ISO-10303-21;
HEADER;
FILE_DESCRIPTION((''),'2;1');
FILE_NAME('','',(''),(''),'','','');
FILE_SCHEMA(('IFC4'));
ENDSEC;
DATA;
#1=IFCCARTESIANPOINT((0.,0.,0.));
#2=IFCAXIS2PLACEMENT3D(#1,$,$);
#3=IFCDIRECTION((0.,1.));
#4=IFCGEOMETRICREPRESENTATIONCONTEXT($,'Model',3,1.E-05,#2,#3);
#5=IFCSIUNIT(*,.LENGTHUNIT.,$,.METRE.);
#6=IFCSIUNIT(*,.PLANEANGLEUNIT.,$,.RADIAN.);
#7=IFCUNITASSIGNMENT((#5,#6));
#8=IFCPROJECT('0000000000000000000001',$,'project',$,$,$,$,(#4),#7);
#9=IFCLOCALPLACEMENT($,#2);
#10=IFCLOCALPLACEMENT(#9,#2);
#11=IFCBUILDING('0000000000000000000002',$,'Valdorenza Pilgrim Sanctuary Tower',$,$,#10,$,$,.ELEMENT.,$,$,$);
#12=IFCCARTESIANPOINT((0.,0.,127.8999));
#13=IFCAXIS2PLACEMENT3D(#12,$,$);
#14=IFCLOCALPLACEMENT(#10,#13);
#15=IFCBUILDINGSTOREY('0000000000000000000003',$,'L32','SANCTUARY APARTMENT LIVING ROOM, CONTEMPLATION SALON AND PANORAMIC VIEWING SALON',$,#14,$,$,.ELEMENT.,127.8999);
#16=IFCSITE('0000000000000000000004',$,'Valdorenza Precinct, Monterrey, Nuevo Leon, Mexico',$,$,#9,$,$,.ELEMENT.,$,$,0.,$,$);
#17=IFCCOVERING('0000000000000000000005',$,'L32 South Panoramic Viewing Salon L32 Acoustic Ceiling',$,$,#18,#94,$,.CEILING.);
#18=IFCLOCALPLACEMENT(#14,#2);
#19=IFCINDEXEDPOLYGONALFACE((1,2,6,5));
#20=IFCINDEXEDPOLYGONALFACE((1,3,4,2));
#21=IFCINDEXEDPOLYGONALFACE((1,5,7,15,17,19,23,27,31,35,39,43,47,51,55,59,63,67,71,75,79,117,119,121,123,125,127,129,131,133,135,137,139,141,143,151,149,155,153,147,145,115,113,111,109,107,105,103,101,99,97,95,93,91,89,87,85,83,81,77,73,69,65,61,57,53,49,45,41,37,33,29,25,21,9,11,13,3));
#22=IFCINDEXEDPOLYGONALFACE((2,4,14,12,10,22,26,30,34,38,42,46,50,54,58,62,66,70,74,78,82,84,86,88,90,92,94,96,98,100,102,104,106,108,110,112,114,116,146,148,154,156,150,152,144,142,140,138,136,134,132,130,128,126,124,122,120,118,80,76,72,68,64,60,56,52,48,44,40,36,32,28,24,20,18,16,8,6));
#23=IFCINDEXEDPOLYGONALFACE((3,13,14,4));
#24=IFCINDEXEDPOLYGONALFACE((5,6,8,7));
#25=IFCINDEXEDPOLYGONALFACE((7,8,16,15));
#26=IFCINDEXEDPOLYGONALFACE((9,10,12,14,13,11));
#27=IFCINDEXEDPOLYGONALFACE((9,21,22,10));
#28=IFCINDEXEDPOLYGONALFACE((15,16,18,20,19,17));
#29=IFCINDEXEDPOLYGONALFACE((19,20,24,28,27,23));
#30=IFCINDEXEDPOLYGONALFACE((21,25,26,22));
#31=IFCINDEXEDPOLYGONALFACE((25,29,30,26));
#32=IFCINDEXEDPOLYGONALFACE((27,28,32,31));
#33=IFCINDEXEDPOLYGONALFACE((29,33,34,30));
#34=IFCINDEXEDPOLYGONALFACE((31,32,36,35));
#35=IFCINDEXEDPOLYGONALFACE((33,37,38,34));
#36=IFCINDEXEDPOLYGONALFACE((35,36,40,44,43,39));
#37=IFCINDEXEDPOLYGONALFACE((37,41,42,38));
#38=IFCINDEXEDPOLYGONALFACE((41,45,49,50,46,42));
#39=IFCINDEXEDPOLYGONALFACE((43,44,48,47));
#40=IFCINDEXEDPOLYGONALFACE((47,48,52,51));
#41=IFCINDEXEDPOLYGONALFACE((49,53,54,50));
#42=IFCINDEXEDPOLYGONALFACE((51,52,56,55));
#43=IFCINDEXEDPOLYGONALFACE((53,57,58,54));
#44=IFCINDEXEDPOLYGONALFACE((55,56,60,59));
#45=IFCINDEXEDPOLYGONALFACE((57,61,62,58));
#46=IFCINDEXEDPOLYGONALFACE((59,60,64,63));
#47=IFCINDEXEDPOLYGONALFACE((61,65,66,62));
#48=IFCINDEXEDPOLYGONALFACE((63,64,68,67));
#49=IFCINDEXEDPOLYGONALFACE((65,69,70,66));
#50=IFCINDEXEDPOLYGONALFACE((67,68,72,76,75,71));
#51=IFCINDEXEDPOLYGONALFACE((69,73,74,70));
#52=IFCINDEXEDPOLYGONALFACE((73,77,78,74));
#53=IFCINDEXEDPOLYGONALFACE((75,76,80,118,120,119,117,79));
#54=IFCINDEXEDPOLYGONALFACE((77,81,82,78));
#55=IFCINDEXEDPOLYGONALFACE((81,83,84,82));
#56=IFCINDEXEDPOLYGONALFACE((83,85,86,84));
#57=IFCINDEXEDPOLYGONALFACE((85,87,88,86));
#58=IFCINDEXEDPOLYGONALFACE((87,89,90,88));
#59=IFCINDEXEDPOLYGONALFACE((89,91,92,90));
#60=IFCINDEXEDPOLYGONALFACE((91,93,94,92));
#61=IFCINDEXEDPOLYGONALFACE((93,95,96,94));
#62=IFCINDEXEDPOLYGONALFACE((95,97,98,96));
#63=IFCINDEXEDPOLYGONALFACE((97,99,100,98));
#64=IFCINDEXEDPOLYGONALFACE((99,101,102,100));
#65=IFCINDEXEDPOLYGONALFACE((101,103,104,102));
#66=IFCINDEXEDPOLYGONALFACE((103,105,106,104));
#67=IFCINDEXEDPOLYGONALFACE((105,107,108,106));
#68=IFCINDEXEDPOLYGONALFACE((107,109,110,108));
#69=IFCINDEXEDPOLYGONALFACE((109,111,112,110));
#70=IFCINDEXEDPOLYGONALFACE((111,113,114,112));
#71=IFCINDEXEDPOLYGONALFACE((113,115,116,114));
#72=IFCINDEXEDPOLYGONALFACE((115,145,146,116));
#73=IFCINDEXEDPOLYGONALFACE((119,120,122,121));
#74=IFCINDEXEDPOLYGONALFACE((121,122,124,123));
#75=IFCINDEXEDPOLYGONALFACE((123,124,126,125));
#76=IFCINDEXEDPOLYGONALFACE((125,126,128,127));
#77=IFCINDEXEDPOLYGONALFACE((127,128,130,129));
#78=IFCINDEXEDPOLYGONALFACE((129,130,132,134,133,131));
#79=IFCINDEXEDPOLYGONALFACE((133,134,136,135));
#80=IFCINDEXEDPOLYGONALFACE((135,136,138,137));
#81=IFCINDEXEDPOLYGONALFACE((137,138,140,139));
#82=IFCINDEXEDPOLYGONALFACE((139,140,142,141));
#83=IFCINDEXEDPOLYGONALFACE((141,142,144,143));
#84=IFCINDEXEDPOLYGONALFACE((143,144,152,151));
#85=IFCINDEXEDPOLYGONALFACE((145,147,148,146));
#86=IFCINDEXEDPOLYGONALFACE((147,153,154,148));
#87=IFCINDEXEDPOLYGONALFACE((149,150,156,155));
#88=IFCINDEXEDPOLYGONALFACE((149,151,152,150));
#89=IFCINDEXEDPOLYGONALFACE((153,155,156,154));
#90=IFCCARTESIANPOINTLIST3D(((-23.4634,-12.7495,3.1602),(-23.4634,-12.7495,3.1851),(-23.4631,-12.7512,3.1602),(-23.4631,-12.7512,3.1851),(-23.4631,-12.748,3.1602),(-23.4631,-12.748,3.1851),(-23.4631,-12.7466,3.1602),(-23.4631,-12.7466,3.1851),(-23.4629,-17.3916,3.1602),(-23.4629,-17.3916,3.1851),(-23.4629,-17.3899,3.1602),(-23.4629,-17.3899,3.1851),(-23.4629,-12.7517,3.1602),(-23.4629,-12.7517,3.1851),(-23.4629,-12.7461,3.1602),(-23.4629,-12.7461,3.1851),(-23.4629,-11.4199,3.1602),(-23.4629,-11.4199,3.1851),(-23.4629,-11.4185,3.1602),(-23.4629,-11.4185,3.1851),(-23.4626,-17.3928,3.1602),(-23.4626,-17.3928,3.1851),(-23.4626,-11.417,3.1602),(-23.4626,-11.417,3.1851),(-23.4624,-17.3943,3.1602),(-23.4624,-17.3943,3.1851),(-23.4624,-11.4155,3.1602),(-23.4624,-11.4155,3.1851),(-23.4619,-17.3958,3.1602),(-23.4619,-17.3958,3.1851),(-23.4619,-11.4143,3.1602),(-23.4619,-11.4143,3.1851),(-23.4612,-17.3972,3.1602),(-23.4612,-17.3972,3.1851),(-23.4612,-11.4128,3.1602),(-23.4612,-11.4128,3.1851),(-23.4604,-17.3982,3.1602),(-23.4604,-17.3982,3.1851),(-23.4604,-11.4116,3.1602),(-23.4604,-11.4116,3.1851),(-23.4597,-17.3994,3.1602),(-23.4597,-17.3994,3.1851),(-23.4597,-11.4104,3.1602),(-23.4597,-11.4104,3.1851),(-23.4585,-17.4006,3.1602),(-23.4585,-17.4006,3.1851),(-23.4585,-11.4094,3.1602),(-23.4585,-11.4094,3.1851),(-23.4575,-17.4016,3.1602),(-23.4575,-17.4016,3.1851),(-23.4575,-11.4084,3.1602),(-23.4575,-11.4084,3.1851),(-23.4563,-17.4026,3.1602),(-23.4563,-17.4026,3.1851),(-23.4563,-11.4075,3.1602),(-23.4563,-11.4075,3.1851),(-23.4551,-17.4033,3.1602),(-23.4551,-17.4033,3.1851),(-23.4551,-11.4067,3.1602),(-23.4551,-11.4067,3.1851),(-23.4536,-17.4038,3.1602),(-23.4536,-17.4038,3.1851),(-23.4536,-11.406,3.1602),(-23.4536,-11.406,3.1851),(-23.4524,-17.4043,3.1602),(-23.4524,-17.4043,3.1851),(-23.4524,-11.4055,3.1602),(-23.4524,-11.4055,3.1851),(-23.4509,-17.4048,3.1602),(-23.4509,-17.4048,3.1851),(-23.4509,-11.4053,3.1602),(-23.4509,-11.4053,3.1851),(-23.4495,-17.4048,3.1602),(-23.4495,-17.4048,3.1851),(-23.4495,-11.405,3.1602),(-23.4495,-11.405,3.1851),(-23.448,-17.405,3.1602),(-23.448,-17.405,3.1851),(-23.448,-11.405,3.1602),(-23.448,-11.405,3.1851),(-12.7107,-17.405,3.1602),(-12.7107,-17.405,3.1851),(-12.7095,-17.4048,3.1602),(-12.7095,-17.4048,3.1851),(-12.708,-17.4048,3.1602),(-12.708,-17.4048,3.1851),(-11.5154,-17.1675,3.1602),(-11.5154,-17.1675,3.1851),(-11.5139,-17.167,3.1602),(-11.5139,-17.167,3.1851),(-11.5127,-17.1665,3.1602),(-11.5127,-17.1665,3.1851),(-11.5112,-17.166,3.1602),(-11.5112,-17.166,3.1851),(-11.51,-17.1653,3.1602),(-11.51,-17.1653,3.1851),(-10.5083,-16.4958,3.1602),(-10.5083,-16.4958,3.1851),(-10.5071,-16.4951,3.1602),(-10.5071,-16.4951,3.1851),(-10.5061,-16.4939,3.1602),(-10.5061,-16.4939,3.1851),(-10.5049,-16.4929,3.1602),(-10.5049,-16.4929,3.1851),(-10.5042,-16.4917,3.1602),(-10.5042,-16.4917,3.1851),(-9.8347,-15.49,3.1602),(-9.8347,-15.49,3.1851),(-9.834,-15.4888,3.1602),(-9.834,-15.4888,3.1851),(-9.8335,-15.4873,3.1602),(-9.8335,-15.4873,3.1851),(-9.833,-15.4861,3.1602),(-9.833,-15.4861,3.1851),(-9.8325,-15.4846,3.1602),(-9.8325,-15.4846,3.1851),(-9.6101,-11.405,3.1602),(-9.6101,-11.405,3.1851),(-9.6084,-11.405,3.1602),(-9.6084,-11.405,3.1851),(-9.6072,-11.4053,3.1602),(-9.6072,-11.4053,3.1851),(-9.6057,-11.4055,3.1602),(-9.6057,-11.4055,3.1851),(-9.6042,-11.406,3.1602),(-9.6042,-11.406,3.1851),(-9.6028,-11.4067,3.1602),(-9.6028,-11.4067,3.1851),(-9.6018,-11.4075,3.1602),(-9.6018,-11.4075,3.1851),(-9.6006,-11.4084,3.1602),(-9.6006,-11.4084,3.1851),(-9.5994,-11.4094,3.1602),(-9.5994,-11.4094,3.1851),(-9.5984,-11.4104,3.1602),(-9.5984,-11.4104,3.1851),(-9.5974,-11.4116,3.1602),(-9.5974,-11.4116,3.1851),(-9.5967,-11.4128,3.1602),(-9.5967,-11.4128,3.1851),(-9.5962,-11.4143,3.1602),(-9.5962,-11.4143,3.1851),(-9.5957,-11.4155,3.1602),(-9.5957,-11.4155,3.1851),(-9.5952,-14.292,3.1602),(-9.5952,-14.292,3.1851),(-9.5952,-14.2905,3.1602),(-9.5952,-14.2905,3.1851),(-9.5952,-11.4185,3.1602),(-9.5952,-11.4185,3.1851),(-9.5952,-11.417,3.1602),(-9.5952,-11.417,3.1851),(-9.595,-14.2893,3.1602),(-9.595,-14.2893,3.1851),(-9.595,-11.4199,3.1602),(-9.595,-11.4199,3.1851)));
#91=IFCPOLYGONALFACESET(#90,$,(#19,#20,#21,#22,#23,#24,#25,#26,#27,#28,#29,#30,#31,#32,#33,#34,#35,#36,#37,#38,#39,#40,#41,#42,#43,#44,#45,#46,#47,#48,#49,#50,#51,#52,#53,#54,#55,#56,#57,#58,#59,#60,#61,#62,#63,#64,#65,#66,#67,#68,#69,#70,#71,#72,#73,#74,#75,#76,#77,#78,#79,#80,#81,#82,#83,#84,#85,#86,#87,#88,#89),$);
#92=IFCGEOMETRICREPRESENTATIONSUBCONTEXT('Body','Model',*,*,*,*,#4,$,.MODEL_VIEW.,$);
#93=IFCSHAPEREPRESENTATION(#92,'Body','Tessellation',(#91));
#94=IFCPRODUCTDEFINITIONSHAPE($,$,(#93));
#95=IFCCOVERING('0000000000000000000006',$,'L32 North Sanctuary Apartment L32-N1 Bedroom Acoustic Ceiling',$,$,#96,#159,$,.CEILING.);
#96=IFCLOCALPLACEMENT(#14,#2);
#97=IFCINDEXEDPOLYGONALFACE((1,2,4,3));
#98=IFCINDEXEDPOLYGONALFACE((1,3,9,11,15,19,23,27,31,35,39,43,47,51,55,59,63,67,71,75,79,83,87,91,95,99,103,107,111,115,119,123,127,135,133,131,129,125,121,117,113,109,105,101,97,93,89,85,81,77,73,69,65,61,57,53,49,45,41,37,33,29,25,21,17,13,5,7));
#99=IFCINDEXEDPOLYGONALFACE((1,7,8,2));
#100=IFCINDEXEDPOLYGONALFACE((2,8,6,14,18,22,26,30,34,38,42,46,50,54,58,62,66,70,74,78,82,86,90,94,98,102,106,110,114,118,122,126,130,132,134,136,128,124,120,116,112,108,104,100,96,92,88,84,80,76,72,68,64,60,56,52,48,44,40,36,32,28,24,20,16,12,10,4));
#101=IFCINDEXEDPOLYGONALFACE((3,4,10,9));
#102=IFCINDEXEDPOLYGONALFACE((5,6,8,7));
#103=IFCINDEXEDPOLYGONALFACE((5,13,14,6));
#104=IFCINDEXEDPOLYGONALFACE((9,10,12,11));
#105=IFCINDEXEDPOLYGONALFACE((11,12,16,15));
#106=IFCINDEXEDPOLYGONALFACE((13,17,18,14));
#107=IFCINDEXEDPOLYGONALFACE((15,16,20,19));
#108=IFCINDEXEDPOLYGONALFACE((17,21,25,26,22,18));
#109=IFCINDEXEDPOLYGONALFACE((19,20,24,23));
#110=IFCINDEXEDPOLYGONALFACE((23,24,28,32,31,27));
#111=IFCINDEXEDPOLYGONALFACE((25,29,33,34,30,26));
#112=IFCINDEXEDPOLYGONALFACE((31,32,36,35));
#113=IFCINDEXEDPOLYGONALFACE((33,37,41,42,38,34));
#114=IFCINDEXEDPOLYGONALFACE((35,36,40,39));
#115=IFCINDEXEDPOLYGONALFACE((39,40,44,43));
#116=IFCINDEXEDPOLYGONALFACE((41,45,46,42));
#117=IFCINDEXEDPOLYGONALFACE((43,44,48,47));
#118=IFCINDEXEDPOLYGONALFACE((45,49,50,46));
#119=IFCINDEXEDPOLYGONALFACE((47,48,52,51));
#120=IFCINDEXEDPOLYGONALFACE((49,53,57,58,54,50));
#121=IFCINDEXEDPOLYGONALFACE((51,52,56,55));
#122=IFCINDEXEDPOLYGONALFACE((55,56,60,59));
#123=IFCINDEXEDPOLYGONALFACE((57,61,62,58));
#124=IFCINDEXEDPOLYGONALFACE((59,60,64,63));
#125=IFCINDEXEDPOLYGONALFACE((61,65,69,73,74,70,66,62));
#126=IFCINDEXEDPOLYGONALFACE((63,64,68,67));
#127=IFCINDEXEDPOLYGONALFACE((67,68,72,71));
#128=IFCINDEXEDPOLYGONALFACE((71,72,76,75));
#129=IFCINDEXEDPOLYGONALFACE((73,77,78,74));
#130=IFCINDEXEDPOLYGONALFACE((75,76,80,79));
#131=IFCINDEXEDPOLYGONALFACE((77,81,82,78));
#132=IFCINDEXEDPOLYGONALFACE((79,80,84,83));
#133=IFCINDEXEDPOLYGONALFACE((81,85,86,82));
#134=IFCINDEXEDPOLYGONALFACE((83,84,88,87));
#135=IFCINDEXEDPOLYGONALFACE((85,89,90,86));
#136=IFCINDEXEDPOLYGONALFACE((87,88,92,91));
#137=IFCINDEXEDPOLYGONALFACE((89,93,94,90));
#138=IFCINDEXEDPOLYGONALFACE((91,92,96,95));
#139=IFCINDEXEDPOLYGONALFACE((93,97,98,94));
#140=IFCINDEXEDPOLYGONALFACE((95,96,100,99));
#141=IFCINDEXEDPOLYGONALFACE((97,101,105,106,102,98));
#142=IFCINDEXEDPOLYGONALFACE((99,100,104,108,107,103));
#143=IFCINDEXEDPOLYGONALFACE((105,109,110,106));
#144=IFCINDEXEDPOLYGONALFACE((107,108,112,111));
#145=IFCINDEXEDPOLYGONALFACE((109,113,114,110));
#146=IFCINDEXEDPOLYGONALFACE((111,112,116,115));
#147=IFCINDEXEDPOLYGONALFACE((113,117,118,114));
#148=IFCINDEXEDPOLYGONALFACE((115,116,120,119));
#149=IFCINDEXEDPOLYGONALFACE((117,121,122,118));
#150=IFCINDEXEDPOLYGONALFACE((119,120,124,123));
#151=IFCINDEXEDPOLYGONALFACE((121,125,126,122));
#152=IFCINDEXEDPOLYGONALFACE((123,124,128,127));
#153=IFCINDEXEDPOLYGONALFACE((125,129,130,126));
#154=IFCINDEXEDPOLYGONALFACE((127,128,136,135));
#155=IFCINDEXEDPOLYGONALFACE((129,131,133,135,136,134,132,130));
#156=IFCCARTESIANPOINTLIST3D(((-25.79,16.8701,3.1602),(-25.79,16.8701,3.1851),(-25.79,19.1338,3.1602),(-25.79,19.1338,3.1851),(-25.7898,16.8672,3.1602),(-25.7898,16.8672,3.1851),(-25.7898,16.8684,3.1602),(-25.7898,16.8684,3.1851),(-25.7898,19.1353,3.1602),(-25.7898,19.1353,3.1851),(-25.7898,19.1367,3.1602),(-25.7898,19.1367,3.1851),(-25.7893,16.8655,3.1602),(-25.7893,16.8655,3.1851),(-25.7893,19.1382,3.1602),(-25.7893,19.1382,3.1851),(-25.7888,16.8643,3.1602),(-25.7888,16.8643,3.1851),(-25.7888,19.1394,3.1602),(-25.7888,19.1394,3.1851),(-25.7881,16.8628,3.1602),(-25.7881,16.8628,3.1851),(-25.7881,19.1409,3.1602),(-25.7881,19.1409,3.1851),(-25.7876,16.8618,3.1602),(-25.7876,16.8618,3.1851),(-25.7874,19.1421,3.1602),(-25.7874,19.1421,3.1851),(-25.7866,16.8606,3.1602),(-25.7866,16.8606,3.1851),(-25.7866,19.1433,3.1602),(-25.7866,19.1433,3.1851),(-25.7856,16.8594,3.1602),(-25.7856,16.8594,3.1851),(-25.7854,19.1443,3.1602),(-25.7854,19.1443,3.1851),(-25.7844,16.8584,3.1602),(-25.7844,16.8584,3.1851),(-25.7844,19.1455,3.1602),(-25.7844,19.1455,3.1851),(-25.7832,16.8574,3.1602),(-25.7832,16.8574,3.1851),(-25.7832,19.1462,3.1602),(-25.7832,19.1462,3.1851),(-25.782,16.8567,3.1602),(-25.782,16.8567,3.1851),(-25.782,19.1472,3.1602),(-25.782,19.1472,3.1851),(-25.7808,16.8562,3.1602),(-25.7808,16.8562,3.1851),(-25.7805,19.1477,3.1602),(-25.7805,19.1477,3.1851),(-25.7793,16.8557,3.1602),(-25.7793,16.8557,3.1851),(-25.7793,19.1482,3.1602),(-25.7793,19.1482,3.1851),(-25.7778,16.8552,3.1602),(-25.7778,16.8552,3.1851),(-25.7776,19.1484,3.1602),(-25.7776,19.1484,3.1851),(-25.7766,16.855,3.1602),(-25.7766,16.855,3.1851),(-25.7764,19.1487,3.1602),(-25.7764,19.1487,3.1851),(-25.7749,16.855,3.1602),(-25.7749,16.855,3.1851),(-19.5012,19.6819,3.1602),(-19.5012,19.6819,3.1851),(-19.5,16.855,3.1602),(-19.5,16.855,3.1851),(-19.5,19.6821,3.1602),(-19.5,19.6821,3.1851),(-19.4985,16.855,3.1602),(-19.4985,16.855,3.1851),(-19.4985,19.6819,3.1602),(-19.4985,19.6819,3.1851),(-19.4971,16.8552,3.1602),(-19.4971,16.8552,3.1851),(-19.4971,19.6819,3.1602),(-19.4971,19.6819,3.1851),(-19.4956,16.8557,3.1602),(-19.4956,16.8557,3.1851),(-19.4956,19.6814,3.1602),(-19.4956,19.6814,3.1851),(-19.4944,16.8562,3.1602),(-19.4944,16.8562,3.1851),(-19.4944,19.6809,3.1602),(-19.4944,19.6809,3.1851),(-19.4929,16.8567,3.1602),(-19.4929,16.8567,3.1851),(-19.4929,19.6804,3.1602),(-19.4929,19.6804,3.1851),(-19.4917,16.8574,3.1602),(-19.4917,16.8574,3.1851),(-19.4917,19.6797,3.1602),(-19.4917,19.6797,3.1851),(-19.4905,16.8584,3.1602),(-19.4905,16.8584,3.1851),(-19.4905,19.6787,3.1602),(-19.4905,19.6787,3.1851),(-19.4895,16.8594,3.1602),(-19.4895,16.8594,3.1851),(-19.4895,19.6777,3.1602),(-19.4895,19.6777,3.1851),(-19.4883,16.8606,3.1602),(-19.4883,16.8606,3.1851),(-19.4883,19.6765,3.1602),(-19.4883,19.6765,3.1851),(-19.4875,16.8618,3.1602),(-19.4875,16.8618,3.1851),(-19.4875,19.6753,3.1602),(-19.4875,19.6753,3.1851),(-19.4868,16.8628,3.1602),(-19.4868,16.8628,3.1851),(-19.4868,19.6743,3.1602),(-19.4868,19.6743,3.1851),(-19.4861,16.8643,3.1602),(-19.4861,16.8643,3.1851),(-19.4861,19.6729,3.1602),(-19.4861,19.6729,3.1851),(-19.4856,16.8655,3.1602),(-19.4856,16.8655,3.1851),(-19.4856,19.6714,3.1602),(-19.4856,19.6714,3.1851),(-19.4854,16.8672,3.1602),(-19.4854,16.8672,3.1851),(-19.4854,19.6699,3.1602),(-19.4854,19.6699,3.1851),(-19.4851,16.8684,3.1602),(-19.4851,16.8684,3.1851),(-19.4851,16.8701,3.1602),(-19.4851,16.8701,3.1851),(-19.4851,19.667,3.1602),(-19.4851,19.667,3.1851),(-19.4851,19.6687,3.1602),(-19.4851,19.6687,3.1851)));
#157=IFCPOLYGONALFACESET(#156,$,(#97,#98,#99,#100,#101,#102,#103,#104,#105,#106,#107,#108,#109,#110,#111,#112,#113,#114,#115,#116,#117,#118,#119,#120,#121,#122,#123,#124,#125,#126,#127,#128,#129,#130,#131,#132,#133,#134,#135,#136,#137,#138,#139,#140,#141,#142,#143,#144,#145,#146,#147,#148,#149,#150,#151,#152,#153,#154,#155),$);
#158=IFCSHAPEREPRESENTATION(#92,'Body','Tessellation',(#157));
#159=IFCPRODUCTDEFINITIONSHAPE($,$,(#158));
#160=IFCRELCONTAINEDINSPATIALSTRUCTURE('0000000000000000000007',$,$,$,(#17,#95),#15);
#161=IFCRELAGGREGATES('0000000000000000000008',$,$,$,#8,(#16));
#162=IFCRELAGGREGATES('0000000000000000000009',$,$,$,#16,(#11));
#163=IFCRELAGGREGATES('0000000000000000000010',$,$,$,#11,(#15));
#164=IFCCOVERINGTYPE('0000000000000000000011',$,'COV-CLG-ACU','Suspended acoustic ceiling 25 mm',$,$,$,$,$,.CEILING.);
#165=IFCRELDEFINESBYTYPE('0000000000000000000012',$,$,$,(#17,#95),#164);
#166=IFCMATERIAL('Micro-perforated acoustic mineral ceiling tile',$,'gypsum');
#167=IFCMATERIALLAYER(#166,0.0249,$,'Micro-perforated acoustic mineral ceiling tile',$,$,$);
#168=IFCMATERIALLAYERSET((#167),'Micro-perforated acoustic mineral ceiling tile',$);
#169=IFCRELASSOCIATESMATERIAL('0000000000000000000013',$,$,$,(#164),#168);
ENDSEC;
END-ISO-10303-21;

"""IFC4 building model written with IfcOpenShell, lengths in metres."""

from ifc_helpers import new_model, si_unit, direction, frame, origin, place, context, subcontext, project, spatial, polyline, outline, extrude, material, layer, layer_set, type_object, element, save


model = new_model("IFC4")

# Units and contexts
model_context = context("Model", 3, precision=1e-05, world=origin(), true_north=direction((0.0, 1.0)))
body_context = subcontext(model_context, "Body", "Model", "MODEL_VIEW")
ifc_project = project(units=[si_unit("LENGTHUNIT", "METRE"), si_unit("PLANEANGLEUNIT", "RADIAN")], contexts=[model_context])

# Site, building, storey
site_placement = place(None, origin())
site = spatial("IfcSite", under=ifc_project, at=site_placement, Name="Valdorenza Precinct, Monterrey, Nuevo Leon, Mexico", CompositionType="ELEMENT", RefElevation=0.0)
building_placement = place(site_placement, origin())
building = spatial("IfcBuilding", under=site, at=building_placement, Name="Valdorenza Pilgrim Sanctuary Tower", CompositionType="ELEMENT")
storey_placement = place(building_placement, frame((0.0, 0.0, 127.8999)))
storey = spatial("IfcBuildingStorey", under=building, at=storey_placement, Name="L32", Description="SANCTUARY APARTMENT LIVING ROOM, CONTEMPLATION SALON AND PANORAMIC VIEWING SALON", CompositionType="ELEMENT", Elevation=127.8999)

# Coverings
ifc_material_1 = material(Name="Micro-perforated acoustic mineral ceiling tile", Category="gypsum")
ifc_layer_1 = layer(ifc_material_1, 0.0249, Name="Micro-perforated acoustic mineral ceiling tile")
ifc_layer_set_1 = layer_set([ifc_layer_1], Name="Micro-perforated acoustic mineral ceiling tile")
covering_type_1 = type_object("IfcCoveringType", Name="COV-CLG-ACU", Description="Suspended acoustic ceiling 25 mm", PredefinedType="CEILING", material=ifc_layer_set_1)
covering_1_placement = place(storey_placement, frame((0.0, 0.0, 3.1602)))
element("IfcCovering", 1, at=covering_1_placement, inside=storey, type_object=covering_type_1, Name="L32 South Panoramic Viewing Salon L32 Acoustic Ceiling", PredefinedType="CEILING", context=body_context, shape_type="SweptSolid", body=[
    extrude(outline(polyline([(-23.4629, -12.7517), (-23.4631, -12.7512), (-23.4634, -12.7495), (-23.4631, -12.748), (-23.4631, -12.7466), (-23.4629, -12.7461), (-23.4629, -11.4199), (-23.4629, -11.4185), (-23.4626, -11.417), (-23.4624, -11.4155), (-23.4619, -11.4143), (-23.4612, -11.4128), (-23.4604, -11.4116), (-23.4597, -11.4104), (-23.4585, -11.4094), (-23.4575, -11.4084), (-23.4563, -11.4075), (-23.4551, -11.4067), (-23.4536, -11.406), (-23.4524, -11.4055), (-23.4509, -11.4053), (-23.4495, -11.405), (-23.448, -11.405), (-9.6101, -11.405), (-9.6084, -11.405), (-9.6072, -11.4053), (-9.6057, -11.4055), (-9.6042, -11.406), (-9.6028, -11.4067), (-9.6018, -11.4075), (-9.6006, -11.4084), (-9.5994, -11.4094), (-9.5984, -11.4104), (-9.5974, -11.4116), (-9.5967, -11.4128), (-9.5962, -11.4143), (-9.5957, -11.4155), (-9.5952, -11.417), (-9.5952, -11.4185), (-9.595, -11.4199), (-9.595, -14.2893), (-9.5952, -14.2905), (-9.5952, -14.292), (-9.8325, -15.4846), (-9.833, -15.4861), (-9.8335, -15.4873), (-9.834, -15.4888), (-9.8347, -15.49), (-10.5042, -16.4917), (-10.5049, -16.4929), (-10.5061, -16.4939), (-10.5071, -16.4951), (-10.5083, -16.4958), (-11.51, -17.1653), (-11.5112, -17.166), (-11.5127, -17.1665), (-11.5139, -17.167), (-11.5154, -17.1675), (-12.708, -17.4048), (-12.7095, -17.4048), (-12.7107, -17.405), (-23.448, -17.405), (-23.4495, -17.4048), (-23.4509, -17.4048), (-23.4524, -17.4043), (-23.4536, -17.4038), (-23.4551, -17.4033), (-23.4563, -17.4026), (-23.4575, -17.4016), (-23.4585, -17.4006), (-23.4597, -17.3994), (-23.4604, -17.3982), (-23.4612, -17.3972), (-23.4619, -17.3958), (-23.4624, -17.3943), (-23.4626, -17.3928), (-23.4629, -17.3916), (-23.4629, -17.3899), (-23.4629, -12.7517)])), origin(), (0.0, 0.0, 1.0), 0.0249),
])
covering_2_placement = place(storey_placement, frame((0.0, 0.0, 3.1602)))
element("IfcCovering", 2, at=covering_2_placement, inside=storey, type_object=covering_type_1, Name="L32 North Sanctuary Apartment L32-N1 Bedroom Acoustic Ceiling", PredefinedType="CEILING", context=body_context, shape_type="SweptSolid", body=[
    extrude(outline(polyline([(-19.4851, 16.8701), (-19.4851, 16.8684), (-19.4854, 16.8672), (-19.4856, 16.8655), (-19.4861, 16.8643), (-19.4868, 16.8628), (-19.4875, 16.8618), (-19.4883, 16.8606), (-19.4895, 16.8594), (-19.4905, 16.8584), (-19.4917, 16.8574), (-19.4929, 16.8567), (-19.4944, 16.8562), (-19.4956, 16.8557), (-19.4971, 16.8552), (-19.4985, 16.855), (-19.5, 16.855), (-25.7749, 16.855), (-25.7766, 16.855), (-25.7778, 16.8552), (-25.7793, 16.8557), (-25.7808, 16.8562), (-25.782, 16.8567), (-25.7832, 16.8574), (-25.7844, 16.8584), (-25.7856, 16.8594), (-25.7866, 16.8606), (-25.7876, 16.8618), (-25.7881, 16.8628), (-25.7888, 16.8643), (-25.7893, 16.8655), (-25.7898, 16.8672), (-25.7898, 16.8684), (-25.79, 16.8701), (-25.79, 19.1338), (-25.7898, 19.1353), (-25.7898, 19.1367), (-25.7893, 19.1382), (-25.7888, 19.1394), (-25.7881, 19.1409), (-25.7874, 19.1421), (-25.7866, 19.1433), (-25.7854, 19.1443), (-25.7844, 19.1455), (-25.7832, 19.1462), (-25.782, 19.1472), (-25.7805, 19.1477), (-25.7793, 19.1482), (-25.7776, 19.1484), (-25.7764, 19.1487), (-19.5012, 19.6819), (-19.5, 19.6821), (-19.5, 19.6821), (-19.4985, 19.6819), (-19.4971, 19.6819), (-19.4956, 19.6814), (-19.4944, 19.6809), (-19.4929, 19.6804), (-19.4917, 19.6797), (-19.4905, 19.6787), (-19.4895, 19.6777), (-19.4883, 19.6765), (-19.4875, 19.6753), (-19.4868, 19.6743), (-19.4861, 19.6729), (-19.4856, 19.6714), (-19.4854, 19.6699), (-19.4851, 19.6687), (-19.4851, 19.667), (-19.4851, 16.8701)])), origin(), (0.0, 0.0, 1.0), 0.0249),
])

save(model, "model.ifc")
